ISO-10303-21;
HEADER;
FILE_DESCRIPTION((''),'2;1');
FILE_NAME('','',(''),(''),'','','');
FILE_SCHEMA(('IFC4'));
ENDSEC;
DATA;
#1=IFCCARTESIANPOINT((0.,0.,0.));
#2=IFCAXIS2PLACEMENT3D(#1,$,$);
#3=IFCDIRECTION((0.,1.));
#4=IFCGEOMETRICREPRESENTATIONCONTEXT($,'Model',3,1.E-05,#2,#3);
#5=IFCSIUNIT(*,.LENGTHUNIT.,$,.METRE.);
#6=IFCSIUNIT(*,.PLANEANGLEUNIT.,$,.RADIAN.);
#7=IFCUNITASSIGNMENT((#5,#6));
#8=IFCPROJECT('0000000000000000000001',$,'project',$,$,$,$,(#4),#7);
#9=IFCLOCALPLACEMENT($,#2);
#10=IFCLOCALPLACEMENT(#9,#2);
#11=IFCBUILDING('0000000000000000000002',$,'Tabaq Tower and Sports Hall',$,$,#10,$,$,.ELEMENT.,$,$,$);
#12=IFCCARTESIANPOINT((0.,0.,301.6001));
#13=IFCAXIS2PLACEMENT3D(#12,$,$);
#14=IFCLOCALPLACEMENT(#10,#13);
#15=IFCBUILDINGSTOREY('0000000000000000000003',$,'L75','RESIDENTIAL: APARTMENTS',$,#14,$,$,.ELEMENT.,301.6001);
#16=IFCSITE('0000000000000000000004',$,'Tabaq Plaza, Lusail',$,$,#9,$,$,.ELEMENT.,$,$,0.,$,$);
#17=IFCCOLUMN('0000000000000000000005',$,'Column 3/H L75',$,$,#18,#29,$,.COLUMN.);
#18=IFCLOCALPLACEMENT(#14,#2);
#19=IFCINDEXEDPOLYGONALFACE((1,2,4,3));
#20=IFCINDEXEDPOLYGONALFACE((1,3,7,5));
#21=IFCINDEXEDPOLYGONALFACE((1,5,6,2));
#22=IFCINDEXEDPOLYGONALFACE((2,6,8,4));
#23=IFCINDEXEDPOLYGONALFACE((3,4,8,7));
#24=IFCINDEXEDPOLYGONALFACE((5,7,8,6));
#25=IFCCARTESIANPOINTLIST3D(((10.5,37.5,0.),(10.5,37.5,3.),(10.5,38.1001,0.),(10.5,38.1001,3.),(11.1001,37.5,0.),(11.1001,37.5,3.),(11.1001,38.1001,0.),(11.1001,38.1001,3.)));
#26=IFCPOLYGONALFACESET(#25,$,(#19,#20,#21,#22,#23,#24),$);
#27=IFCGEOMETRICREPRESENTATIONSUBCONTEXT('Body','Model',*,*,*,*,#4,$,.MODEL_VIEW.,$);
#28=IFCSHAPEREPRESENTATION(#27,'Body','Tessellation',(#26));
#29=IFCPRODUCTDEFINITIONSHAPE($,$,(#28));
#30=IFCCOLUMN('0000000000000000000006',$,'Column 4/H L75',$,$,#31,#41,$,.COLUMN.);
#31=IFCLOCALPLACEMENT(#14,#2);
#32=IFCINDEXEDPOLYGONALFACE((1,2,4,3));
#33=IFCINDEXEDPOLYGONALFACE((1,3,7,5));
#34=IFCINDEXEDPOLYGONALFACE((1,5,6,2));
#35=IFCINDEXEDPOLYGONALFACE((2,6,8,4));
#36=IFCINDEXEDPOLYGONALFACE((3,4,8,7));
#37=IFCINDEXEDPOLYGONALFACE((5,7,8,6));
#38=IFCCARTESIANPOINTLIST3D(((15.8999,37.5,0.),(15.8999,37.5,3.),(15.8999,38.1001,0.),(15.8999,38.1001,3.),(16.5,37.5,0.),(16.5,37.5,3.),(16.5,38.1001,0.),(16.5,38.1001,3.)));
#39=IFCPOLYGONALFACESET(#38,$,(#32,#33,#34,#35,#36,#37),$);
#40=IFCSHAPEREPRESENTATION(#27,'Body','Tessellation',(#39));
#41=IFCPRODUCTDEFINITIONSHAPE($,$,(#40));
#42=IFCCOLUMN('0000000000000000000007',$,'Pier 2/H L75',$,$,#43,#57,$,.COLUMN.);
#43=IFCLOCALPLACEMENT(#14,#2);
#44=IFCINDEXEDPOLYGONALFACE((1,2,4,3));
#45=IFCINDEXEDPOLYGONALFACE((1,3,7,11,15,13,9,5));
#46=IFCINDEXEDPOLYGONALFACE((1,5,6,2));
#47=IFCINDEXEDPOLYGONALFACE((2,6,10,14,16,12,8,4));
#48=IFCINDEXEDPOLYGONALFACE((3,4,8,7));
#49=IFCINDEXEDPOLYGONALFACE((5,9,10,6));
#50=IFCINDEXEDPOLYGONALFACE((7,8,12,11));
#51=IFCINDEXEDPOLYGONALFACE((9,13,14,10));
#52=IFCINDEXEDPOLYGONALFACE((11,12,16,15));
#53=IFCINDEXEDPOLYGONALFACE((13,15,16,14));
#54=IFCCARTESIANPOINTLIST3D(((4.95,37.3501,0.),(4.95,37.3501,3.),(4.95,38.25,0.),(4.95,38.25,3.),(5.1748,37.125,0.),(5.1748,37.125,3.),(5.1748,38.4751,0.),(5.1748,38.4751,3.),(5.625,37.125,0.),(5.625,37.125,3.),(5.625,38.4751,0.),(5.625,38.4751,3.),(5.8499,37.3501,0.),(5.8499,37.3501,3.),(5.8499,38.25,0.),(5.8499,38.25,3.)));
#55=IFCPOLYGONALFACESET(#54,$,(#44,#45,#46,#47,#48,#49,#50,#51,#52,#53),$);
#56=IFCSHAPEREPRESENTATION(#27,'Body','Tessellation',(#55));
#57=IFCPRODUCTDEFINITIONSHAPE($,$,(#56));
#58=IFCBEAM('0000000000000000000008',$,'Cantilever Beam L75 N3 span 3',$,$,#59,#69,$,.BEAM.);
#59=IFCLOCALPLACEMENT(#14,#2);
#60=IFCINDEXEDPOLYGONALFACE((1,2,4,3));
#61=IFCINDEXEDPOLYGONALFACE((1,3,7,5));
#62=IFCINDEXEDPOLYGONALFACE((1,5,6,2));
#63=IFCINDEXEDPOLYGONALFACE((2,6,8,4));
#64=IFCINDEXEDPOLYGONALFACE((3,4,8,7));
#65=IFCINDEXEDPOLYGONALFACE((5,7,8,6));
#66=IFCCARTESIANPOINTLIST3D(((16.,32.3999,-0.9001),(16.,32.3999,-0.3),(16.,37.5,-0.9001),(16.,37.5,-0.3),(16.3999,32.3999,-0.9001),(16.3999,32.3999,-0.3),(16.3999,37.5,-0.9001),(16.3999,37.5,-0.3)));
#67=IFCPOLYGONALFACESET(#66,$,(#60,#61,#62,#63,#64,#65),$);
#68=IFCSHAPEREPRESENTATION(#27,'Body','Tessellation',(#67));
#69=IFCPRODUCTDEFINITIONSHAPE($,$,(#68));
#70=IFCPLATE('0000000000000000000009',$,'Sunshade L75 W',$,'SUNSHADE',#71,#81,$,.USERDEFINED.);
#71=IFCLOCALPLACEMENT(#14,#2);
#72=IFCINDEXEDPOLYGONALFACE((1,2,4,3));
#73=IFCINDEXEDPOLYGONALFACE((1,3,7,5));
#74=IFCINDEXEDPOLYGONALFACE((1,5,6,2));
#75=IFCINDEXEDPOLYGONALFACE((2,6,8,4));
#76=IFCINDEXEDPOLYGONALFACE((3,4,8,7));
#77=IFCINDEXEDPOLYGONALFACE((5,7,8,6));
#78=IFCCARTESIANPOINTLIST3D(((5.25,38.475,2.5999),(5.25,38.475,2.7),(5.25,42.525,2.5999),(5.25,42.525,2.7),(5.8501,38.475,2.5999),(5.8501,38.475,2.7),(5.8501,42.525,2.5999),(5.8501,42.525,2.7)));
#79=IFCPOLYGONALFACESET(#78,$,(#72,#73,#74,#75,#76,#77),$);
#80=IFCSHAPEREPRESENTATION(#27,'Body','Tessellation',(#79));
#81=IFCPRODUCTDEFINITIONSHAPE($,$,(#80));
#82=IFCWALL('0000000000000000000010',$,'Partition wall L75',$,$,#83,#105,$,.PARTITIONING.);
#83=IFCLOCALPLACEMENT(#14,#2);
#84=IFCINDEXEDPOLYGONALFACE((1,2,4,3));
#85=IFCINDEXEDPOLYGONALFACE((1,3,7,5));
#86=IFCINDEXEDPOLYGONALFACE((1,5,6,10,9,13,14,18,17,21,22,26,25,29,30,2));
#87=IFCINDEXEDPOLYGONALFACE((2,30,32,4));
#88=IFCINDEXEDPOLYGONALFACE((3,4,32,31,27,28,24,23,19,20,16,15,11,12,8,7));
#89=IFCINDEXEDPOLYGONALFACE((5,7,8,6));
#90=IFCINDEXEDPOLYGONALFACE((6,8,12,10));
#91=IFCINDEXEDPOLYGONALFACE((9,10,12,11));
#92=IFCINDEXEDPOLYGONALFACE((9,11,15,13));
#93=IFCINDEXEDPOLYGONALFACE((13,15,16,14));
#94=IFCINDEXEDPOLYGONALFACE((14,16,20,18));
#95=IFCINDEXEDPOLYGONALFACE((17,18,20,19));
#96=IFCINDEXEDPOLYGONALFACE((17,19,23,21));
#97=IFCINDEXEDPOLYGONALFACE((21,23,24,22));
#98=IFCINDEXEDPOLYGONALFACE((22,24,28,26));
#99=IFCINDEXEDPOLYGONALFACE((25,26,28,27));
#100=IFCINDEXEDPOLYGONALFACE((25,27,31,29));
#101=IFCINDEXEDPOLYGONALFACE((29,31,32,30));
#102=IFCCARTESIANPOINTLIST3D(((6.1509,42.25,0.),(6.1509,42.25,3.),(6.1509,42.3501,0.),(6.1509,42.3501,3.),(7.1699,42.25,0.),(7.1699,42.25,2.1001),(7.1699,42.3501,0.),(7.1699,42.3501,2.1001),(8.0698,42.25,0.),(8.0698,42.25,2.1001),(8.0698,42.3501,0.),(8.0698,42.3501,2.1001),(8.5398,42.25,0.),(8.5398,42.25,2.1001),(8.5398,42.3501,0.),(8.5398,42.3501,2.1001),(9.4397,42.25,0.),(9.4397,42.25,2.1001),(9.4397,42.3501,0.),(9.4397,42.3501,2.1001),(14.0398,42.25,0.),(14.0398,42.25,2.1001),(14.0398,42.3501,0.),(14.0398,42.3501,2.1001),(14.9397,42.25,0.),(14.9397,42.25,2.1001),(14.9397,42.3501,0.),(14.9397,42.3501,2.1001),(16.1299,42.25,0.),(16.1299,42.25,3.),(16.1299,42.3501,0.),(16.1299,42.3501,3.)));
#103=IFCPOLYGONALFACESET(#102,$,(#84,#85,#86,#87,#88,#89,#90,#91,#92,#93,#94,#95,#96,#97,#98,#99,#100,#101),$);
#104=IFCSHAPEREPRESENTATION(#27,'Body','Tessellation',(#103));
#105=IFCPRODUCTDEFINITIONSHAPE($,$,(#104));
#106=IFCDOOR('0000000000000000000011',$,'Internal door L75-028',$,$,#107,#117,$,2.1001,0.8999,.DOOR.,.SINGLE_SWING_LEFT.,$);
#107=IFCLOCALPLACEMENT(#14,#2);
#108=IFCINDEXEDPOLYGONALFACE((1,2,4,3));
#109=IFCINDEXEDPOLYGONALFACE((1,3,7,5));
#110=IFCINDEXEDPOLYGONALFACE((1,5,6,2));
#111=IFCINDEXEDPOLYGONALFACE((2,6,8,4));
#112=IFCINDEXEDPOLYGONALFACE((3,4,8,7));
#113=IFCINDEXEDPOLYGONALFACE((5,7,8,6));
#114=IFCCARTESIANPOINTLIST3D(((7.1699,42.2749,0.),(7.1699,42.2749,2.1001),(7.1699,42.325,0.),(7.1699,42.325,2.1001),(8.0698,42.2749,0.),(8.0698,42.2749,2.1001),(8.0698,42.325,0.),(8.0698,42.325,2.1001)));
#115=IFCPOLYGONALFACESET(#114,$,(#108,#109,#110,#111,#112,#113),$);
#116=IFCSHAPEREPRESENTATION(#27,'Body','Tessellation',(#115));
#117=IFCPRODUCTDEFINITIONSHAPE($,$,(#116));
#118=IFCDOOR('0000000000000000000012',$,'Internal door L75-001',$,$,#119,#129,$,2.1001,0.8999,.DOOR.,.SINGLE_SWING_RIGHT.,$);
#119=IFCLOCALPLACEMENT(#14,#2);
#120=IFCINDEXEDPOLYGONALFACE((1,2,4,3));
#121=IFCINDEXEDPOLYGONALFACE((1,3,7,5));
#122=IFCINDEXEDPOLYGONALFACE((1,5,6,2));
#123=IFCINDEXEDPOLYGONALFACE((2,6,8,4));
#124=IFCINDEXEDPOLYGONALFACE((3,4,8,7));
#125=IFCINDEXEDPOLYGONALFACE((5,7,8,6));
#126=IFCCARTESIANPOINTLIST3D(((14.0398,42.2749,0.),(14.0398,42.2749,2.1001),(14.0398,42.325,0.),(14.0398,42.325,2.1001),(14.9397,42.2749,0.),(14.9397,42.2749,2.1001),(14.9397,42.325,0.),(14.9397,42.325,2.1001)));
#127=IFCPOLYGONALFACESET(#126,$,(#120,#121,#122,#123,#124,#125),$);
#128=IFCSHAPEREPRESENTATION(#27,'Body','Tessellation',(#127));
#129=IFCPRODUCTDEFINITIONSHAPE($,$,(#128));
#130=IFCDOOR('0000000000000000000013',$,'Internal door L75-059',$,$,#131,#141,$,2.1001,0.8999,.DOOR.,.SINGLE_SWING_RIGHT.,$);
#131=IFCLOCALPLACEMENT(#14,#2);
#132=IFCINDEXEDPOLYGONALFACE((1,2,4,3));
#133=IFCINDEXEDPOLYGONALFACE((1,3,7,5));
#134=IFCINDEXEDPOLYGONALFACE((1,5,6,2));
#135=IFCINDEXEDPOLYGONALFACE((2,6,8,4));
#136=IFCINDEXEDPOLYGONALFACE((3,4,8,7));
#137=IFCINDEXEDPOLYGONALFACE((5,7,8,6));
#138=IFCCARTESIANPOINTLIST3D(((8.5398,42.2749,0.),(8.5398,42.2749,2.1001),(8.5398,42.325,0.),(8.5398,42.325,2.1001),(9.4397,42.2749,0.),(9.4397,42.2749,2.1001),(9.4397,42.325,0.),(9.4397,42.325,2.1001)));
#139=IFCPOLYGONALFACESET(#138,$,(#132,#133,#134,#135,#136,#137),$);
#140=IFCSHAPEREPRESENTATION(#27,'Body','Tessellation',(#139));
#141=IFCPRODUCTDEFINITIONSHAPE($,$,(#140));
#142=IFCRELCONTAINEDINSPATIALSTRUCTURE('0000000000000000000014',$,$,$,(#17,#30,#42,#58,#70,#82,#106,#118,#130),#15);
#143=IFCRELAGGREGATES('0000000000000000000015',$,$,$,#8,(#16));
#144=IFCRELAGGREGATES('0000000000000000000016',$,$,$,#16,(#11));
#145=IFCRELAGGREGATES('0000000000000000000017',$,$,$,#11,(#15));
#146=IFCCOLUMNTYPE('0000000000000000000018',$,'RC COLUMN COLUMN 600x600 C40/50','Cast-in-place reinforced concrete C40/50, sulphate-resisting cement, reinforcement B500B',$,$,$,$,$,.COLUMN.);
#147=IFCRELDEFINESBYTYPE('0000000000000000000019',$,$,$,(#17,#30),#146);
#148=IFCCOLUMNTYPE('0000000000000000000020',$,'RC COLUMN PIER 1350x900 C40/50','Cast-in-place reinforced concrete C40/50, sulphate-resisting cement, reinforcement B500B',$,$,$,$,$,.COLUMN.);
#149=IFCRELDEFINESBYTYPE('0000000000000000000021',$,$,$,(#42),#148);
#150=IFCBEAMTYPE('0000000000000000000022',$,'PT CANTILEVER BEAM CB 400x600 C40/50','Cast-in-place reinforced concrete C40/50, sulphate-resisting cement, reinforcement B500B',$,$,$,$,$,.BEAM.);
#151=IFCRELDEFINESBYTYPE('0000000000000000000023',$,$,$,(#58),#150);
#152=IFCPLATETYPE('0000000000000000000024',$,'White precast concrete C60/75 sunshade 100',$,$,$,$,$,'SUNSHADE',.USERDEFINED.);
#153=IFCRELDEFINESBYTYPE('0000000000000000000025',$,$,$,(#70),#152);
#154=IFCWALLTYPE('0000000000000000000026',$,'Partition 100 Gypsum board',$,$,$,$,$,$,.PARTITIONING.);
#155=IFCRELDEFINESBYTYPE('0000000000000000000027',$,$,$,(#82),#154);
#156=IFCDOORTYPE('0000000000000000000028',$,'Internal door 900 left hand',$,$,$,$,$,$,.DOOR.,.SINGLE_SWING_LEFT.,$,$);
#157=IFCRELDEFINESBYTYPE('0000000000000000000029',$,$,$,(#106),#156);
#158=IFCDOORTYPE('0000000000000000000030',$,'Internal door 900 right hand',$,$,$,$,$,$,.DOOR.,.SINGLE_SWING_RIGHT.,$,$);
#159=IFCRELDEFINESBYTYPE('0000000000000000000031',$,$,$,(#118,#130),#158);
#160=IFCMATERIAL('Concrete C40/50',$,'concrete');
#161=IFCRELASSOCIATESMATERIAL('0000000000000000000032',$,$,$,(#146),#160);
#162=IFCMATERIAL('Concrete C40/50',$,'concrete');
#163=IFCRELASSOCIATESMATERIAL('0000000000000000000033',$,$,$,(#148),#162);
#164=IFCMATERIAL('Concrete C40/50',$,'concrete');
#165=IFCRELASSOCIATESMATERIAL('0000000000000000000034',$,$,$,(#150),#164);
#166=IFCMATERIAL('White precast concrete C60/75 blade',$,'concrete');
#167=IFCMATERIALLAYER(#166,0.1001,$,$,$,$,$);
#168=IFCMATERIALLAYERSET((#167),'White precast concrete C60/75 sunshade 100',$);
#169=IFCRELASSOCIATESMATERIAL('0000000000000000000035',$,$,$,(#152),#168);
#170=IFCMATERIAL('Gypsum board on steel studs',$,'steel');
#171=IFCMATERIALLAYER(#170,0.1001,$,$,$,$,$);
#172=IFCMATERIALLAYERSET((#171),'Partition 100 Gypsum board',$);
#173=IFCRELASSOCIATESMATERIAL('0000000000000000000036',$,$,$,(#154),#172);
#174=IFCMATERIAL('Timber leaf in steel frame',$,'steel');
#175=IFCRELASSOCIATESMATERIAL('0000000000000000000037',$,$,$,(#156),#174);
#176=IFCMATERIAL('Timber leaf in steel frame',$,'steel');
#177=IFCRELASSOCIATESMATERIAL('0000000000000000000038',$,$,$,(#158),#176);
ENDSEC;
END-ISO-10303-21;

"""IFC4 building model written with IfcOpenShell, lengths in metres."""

from ifc_helpers import new_model, si_unit, direction, frame, frame_2d, origin, origin_2d, place, context, subcontext, project, spatial, polyline, rectangle, outline, extrude, material, layer, layer_set, material_profile, profile_set, type_object, element, fill, save


model = new_model("IFC4")

# Units and contexts
model_context = context("Model", 3, precision=1e-05, world=origin(), true_north=direction((0.0, 1.0)))
body_context = subcontext(model_context, "Body", "Model", "MODEL_VIEW")
ifc_project = project(units=[si_unit("LENGTHUNIT", "METRE"), si_unit("PLANEANGLEUNIT", "RADIAN")], contexts=[model_context])

# Site, building, storey
site_placement = place(None, origin())
site = spatial("IfcSite", under=ifc_project, at=site_placement, Name="Tabaq Plaza, Lusail", CompositionType="ELEMENT", RefElevation=0.0)
building_placement = place(site_placement, origin())
building = spatial("IfcBuilding", under=site, at=building_placement, Name="Tabaq Tower and Sports Hall", CompositionType="ELEMENT")
storey_placement = place(building_placement, frame((0.0, 0.0, 301.6001)))
storey = spatial("IfcBuildingStorey", under=building, at=storey_placement, Name="L75", Description="RESIDENTIAL: APARTMENTS", CompositionType="ELEMENT", Elevation=301.6001)

# Columns
ifc_material_1 = material(Name="Concrete C40/50", Category="concrete")
ifc_material_profile_1 = material_profile(ifc_material_1, rectangle(XDim=0.6001, YDim=0.6001, at=origin_2d()), Name="COLUMN 600x600")
ifc_profile_set_1 = profile_set([ifc_material_profile_1], Name="Concrete C40/50")
column_type_1 = type_object("IfcColumnType", Name="RC COLUMN COLUMN 600x600 C40/50", Description="Cast-in-place reinforced concrete C40/50, sulphate-resisting cement, reinforcement B500B", PredefinedType="COLUMN", material=ifc_profile_set_1)
for number, where, z_axis, x_axis, name in (
    (1, (10.8, 37.8, 0.0), (0.0, 0.0, 1.0), (1.0, 0.0, 0.0), "Column 3/H L75"),
    (2, (16.2, 37.8, 0.0), (0.0, 0.0, 1.0), (1.0, 0.0, 0.0), "Column 4/H L75"),
):
    element("IfcColumn", number, at=place(storey_placement, frame(where, z_axis=z_axis, x_axis=x_axis)), inside=storey, type_object=column_type_1, Name=name, PredefinedType="COLUMN", context=body_context, shape_type="SweptSolid", body=[
        extrude(rectangle(XDim=0.6001, YDim=0.6001, at=origin_2d()), origin(), (0.0, 0.0, 1.0), 3.0),
    ])
ifc_material_2 = material(Name="Concrete C40/50", Category="concrete")
ifc_material_profile_2 = material_profile(ifc_material_2, outline(polyline([(-0.45, -0.45), (0.45, -0.45), (0.675, -0.2251), (0.675, 0.2251), (0.45, 0.45), (-0.45, 0.45), (-0.675, 0.2251), (-0.675, -0.2251), (-0.45, -0.45)])), Name="PIER 1350x900")
ifc_profile_set_2 = profile_set([ifc_material_profile_2], Name="Concrete C40/50")
column_type_2 = type_object("IfcColumnType", Name="RC COLUMN PIER 1350x900 C40/50", Description="Cast-in-place reinforced concrete C40/50, sulphate-resisting cement, reinforcement B500B", PredefinedType="COLUMN", material=ifc_profile_set_2)
column_placement = place(storey_placement, frame((5.3999, 37.8, 0.0), z_axis=(0.0, 0.0, 1.0), x_axis=(0.0, 1.0, 0.0)))
element("IfcColumn", 3, at=column_placement, inside=storey, type_object=column_type_2, Name="Pier 2/H L75", PredefinedType="COLUMN", context=body_context, shape_type="SweptSolid", body=[
    extrude(outline(polyline([(-0.45, -0.45), (0.45, -0.45), (0.675, -0.2251), (0.675, 0.2251), (0.45, 0.45), (-0.45, 0.45), (-0.675, 0.2251), (-0.675, -0.2251), (-0.45, -0.45)])), origin(), (0.0, 0.0, 1.0), 3.0),
])

# Beam
ifc_material_3 = material(Name="Concrete C40/50", Category="concrete")
ifc_material_profile_3 = material_profile(ifc_material_3, rectangle(XDim=0.3999, YDim=0.6001, at=origin_2d()), Name="CB 400x600")
ifc_profile_set_3 = profile_set([ifc_material_profile_3], Name="Concrete C40/50")
beam_type = type_object("IfcBeamType", Name="PT CANTILEVER BEAM CB 400x600 C40/50", Description="Cast-in-place reinforced concrete C40/50, sulphate-resisting cement, reinforcement B500B", PredefinedType="BEAM", material=ifc_profile_set_3)
beam_placement = place(storey_placement, frame((16.2, 37.5, -0.6001), z_axis=(0.0, -1.0, 0.0), x_axis=(1.0, 0.0, 0.0)))
element("IfcBeam", 4, at=beam_placement, inside=storey, type_object=beam_type, Name="Cantilever Beam L75 N3 span 3", PredefinedType="BEAM", context=body_context, shape_type="SweptSolid", body=[
    extrude(rectangle(XDim=0.3999, YDim=0.6001, at=origin_2d()), origin(), (0.0, 0.0, 1.0), 5.1001),
])

# Plate
ifc_material_4 = material(Name="White precast concrete C60/75 blade", Category="concrete")
ifc_layer_1 = layer(ifc_material_4, 0.1001)
ifc_layer_set_1 = layer_set([ifc_layer_1], Name="White precast concrete C60/75 sunshade 100")
plate_type = type_object("IfcPlateType", Name="White precast concrete C60/75 sunshade 100", ElementType="SUNSHADE", PredefinedType="USERDEFINED", material=ifc_layer_set_1)
plate_placement = place(storey_placement, frame((5.55, 40.5, 2.5999), z_axis=(0.0, 0.0, 1.0), x_axis=(0.0, -1.0, 0.0)))
element("IfcPlate", 5, at=plate_placement, inside=storey, type_object=plate_type, Name="Sunshade L75 W", ObjectType="SUNSHADE", PredefinedType="USERDEFINED", context=body_context, shape_type="SweptSolid", body=[
    extrude(rectangle(XDim=4.05, YDim=0.6001, at=origin_2d()), origin(), (0.0, 0.0, 1.0), 0.1001),
])

# Wall, openings, doors
ifc_material_5 = material(Name="Gypsum board on steel studs", Category="steel")
ifc_layer_2 = layer(ifc_material_5, 0.1001)
ifc_layer_set_2 = layer_set([ifc_layer_2], Name="Partition 100 Gypsum board")
wall_type = type_object("IfcWallType", Name="Partition 100 Gypsum board", PredefinedType="PARTITIONING", material=ifc_layer_set_2)
wall_1_placement = place(storey_placement, frame((6.1509, 42.3, 0.0), z_axis=(0.0, 0.0, 1.0), x_axis=(1.0, 0.0, 0.0)))
wall_1 = element("IfcWall", 6, at=wall_1_placement, inside=storey, type_object=wall_type, Name="Partition wall L75", PredefinedType="PARTITIONING", context=body_context, shape_type="SweptSolid", body=[
    extrude(rectangle(XDim=9.979, YDim=0.1001, at=frame_2d((4.9895, 0.0))), origin(), (0.0, 0.0, 1.0), 3.0),
])
opening_1_placement = place(wall_1_placement, frame((7.8889, 0.0, 0.0)))
opening_1 = element("IfcOpeningElement", 7, at=opening_1_placement, cuts=wall_1, PredefinedType="OPENING", context=body_context, shape_type="SweptSolid", body=[
    extrude(rectangle(XDim=0.8999, YDim=2.1001, at=frame_2d((0.45, 1.05))), frame((0.0, 0.05, 0.0), z_axis=(0.0, -1.0, 0.0), x_axis=(1.0, 0.0, 0.0)), (0.0, 0.0, 1.0), 0.1001),
])
opening_2_placement = place(wall_1_placement, frame((1.019, 0.0, 0.0)))
opening_2 = element("IfcOpeningElement", 8, at=opening_2_placement, cuts=wall_1, PredefinedType="OPENING", context=body_context, shape_type="SweptSolid", body=[
    extrude(rectangle(XDim=0.8999, YDim=2.1001, at=frame_2d((0.45, 1.05))), frame((0.0, 0.05, 0.0), z_axis=(0.0, -1.0, 0.0), x_axis=(1.0, 0.0, 0.0)), (0.0, 0.0, 1.0), 0.1001),
])
opening_3_placement = place(wall_1_placement, frame((2.3889, 0.0, 0.0)))
opening_3 = element("IfcOpeningElement", 9, at=opening_3_placement, cuts=wall_1, PredefinedType="OPENING", context=body_context, shape_type="SweptSolid", body=[
    extrude(rectangle(XDim=0.8999, YDim=2.1001, at=frame_2d((0.45, 1.05))), frame((0.0, 0.05, 0.0), z_axis=(0.0, -1.0, 0.0), x_axis=(1.0, 0.0, 0.0)), (0.0, 0.0, 1.0), 0.1001),
])
ifc_material_6 = material(Name="Timber leaf in steel frame", Category="steel")
door_type_1 = type_object("IfcDoorType", Name="Internal door 900 left hand", OperationType="SINGLE_SWING_LEFT", PredefinedType="DOOR", material=ifc_material_6)
door_1_placement = place(opening_2_placement, origin())
door_1 = element("IfcDoor", 10, at=door_1_placement, inside=storey, type_object=door_type_1, Name="Internal door L75-028", OperationType="SINGLE_SWING_LEFT", OverallHeight=2.1001, OverallWidth=0.8999, PredefinedType="DOOR", context=body_context, shape_type="SweptSolid", body=[
    extrude(rectangle(XDim=0.8999, YDim=2.1001, at=frame_2d((0.45, 1.05))), frame((0.0, 0.0249, 0.0), z_axis=(0.0, -1.0, 0.0), x_axis=(1.0, 0.0, 0.0)), (0.0, 0.0, 1.0), 0.05),
])
fill(opening_2, door_1)
ifc_material_7 = material(Name="Timber leaf in steel frame", Category="steel")
door_type_2 = type_object("IfcDoorType", Name="Internal door 900 right hand", OperationType="SINGLE_SWING_RIGHT", PredefinedType="DOOR", material=ifc_material_7)
door_2_placement = place(opening_1_placement, origin())
door_2 = element("IfcDoor", 11, at=door_2_placement, inside=storey, type_object=door_type_2, Name="Internal door L75-001", OperationType="SINGLE_SWING_RIGHT", OverallHeight=2.1001, OverallWidth=0.8999, PredefinedType="DOOR", context=body_context, shape_type="SweptSolid", body=[
    extrude(rectangle(XDim=0.8999, YDim=2.1001, at=frame_2d((0.45, 1.05))), frame((0.0, 0.0249, 0.0), z_axis=(0.0, -1.0, 0.0), x_axis=(1.0, 0.0, 0.0)), (0.0, 0.0, 1.0), 0.05),
])
fill(opening_1, door_2)
door_3_placement = place(opening_3_placement, origin())
door_3 = element("IfcDoor", 12, at=door_3_placement, inside=storey, type_object=door_type_2, Name="Internal door L75-059", OperationType="SINGLE_SWING_RIGHT", OverallHeight=2.1001, OverallWidth=0.8999, PredefinedType="DOOR", context=body_context, shape_type="SweptSolid", body=[
    extrude(rectangle(XDim=0.8999, YDim=2.1001, at=frame_2d((0.45, 1.05))), frame((0.0, 0.0249, 0.0), z_axis=(0.0, -1.0, 0.0), x_axis=(1.0, 0.0, 0.0)), (0.0, 0.0, 1.0), 0.05),
])
fill(opening_3, door_3)

save(model, "model.ifc")
